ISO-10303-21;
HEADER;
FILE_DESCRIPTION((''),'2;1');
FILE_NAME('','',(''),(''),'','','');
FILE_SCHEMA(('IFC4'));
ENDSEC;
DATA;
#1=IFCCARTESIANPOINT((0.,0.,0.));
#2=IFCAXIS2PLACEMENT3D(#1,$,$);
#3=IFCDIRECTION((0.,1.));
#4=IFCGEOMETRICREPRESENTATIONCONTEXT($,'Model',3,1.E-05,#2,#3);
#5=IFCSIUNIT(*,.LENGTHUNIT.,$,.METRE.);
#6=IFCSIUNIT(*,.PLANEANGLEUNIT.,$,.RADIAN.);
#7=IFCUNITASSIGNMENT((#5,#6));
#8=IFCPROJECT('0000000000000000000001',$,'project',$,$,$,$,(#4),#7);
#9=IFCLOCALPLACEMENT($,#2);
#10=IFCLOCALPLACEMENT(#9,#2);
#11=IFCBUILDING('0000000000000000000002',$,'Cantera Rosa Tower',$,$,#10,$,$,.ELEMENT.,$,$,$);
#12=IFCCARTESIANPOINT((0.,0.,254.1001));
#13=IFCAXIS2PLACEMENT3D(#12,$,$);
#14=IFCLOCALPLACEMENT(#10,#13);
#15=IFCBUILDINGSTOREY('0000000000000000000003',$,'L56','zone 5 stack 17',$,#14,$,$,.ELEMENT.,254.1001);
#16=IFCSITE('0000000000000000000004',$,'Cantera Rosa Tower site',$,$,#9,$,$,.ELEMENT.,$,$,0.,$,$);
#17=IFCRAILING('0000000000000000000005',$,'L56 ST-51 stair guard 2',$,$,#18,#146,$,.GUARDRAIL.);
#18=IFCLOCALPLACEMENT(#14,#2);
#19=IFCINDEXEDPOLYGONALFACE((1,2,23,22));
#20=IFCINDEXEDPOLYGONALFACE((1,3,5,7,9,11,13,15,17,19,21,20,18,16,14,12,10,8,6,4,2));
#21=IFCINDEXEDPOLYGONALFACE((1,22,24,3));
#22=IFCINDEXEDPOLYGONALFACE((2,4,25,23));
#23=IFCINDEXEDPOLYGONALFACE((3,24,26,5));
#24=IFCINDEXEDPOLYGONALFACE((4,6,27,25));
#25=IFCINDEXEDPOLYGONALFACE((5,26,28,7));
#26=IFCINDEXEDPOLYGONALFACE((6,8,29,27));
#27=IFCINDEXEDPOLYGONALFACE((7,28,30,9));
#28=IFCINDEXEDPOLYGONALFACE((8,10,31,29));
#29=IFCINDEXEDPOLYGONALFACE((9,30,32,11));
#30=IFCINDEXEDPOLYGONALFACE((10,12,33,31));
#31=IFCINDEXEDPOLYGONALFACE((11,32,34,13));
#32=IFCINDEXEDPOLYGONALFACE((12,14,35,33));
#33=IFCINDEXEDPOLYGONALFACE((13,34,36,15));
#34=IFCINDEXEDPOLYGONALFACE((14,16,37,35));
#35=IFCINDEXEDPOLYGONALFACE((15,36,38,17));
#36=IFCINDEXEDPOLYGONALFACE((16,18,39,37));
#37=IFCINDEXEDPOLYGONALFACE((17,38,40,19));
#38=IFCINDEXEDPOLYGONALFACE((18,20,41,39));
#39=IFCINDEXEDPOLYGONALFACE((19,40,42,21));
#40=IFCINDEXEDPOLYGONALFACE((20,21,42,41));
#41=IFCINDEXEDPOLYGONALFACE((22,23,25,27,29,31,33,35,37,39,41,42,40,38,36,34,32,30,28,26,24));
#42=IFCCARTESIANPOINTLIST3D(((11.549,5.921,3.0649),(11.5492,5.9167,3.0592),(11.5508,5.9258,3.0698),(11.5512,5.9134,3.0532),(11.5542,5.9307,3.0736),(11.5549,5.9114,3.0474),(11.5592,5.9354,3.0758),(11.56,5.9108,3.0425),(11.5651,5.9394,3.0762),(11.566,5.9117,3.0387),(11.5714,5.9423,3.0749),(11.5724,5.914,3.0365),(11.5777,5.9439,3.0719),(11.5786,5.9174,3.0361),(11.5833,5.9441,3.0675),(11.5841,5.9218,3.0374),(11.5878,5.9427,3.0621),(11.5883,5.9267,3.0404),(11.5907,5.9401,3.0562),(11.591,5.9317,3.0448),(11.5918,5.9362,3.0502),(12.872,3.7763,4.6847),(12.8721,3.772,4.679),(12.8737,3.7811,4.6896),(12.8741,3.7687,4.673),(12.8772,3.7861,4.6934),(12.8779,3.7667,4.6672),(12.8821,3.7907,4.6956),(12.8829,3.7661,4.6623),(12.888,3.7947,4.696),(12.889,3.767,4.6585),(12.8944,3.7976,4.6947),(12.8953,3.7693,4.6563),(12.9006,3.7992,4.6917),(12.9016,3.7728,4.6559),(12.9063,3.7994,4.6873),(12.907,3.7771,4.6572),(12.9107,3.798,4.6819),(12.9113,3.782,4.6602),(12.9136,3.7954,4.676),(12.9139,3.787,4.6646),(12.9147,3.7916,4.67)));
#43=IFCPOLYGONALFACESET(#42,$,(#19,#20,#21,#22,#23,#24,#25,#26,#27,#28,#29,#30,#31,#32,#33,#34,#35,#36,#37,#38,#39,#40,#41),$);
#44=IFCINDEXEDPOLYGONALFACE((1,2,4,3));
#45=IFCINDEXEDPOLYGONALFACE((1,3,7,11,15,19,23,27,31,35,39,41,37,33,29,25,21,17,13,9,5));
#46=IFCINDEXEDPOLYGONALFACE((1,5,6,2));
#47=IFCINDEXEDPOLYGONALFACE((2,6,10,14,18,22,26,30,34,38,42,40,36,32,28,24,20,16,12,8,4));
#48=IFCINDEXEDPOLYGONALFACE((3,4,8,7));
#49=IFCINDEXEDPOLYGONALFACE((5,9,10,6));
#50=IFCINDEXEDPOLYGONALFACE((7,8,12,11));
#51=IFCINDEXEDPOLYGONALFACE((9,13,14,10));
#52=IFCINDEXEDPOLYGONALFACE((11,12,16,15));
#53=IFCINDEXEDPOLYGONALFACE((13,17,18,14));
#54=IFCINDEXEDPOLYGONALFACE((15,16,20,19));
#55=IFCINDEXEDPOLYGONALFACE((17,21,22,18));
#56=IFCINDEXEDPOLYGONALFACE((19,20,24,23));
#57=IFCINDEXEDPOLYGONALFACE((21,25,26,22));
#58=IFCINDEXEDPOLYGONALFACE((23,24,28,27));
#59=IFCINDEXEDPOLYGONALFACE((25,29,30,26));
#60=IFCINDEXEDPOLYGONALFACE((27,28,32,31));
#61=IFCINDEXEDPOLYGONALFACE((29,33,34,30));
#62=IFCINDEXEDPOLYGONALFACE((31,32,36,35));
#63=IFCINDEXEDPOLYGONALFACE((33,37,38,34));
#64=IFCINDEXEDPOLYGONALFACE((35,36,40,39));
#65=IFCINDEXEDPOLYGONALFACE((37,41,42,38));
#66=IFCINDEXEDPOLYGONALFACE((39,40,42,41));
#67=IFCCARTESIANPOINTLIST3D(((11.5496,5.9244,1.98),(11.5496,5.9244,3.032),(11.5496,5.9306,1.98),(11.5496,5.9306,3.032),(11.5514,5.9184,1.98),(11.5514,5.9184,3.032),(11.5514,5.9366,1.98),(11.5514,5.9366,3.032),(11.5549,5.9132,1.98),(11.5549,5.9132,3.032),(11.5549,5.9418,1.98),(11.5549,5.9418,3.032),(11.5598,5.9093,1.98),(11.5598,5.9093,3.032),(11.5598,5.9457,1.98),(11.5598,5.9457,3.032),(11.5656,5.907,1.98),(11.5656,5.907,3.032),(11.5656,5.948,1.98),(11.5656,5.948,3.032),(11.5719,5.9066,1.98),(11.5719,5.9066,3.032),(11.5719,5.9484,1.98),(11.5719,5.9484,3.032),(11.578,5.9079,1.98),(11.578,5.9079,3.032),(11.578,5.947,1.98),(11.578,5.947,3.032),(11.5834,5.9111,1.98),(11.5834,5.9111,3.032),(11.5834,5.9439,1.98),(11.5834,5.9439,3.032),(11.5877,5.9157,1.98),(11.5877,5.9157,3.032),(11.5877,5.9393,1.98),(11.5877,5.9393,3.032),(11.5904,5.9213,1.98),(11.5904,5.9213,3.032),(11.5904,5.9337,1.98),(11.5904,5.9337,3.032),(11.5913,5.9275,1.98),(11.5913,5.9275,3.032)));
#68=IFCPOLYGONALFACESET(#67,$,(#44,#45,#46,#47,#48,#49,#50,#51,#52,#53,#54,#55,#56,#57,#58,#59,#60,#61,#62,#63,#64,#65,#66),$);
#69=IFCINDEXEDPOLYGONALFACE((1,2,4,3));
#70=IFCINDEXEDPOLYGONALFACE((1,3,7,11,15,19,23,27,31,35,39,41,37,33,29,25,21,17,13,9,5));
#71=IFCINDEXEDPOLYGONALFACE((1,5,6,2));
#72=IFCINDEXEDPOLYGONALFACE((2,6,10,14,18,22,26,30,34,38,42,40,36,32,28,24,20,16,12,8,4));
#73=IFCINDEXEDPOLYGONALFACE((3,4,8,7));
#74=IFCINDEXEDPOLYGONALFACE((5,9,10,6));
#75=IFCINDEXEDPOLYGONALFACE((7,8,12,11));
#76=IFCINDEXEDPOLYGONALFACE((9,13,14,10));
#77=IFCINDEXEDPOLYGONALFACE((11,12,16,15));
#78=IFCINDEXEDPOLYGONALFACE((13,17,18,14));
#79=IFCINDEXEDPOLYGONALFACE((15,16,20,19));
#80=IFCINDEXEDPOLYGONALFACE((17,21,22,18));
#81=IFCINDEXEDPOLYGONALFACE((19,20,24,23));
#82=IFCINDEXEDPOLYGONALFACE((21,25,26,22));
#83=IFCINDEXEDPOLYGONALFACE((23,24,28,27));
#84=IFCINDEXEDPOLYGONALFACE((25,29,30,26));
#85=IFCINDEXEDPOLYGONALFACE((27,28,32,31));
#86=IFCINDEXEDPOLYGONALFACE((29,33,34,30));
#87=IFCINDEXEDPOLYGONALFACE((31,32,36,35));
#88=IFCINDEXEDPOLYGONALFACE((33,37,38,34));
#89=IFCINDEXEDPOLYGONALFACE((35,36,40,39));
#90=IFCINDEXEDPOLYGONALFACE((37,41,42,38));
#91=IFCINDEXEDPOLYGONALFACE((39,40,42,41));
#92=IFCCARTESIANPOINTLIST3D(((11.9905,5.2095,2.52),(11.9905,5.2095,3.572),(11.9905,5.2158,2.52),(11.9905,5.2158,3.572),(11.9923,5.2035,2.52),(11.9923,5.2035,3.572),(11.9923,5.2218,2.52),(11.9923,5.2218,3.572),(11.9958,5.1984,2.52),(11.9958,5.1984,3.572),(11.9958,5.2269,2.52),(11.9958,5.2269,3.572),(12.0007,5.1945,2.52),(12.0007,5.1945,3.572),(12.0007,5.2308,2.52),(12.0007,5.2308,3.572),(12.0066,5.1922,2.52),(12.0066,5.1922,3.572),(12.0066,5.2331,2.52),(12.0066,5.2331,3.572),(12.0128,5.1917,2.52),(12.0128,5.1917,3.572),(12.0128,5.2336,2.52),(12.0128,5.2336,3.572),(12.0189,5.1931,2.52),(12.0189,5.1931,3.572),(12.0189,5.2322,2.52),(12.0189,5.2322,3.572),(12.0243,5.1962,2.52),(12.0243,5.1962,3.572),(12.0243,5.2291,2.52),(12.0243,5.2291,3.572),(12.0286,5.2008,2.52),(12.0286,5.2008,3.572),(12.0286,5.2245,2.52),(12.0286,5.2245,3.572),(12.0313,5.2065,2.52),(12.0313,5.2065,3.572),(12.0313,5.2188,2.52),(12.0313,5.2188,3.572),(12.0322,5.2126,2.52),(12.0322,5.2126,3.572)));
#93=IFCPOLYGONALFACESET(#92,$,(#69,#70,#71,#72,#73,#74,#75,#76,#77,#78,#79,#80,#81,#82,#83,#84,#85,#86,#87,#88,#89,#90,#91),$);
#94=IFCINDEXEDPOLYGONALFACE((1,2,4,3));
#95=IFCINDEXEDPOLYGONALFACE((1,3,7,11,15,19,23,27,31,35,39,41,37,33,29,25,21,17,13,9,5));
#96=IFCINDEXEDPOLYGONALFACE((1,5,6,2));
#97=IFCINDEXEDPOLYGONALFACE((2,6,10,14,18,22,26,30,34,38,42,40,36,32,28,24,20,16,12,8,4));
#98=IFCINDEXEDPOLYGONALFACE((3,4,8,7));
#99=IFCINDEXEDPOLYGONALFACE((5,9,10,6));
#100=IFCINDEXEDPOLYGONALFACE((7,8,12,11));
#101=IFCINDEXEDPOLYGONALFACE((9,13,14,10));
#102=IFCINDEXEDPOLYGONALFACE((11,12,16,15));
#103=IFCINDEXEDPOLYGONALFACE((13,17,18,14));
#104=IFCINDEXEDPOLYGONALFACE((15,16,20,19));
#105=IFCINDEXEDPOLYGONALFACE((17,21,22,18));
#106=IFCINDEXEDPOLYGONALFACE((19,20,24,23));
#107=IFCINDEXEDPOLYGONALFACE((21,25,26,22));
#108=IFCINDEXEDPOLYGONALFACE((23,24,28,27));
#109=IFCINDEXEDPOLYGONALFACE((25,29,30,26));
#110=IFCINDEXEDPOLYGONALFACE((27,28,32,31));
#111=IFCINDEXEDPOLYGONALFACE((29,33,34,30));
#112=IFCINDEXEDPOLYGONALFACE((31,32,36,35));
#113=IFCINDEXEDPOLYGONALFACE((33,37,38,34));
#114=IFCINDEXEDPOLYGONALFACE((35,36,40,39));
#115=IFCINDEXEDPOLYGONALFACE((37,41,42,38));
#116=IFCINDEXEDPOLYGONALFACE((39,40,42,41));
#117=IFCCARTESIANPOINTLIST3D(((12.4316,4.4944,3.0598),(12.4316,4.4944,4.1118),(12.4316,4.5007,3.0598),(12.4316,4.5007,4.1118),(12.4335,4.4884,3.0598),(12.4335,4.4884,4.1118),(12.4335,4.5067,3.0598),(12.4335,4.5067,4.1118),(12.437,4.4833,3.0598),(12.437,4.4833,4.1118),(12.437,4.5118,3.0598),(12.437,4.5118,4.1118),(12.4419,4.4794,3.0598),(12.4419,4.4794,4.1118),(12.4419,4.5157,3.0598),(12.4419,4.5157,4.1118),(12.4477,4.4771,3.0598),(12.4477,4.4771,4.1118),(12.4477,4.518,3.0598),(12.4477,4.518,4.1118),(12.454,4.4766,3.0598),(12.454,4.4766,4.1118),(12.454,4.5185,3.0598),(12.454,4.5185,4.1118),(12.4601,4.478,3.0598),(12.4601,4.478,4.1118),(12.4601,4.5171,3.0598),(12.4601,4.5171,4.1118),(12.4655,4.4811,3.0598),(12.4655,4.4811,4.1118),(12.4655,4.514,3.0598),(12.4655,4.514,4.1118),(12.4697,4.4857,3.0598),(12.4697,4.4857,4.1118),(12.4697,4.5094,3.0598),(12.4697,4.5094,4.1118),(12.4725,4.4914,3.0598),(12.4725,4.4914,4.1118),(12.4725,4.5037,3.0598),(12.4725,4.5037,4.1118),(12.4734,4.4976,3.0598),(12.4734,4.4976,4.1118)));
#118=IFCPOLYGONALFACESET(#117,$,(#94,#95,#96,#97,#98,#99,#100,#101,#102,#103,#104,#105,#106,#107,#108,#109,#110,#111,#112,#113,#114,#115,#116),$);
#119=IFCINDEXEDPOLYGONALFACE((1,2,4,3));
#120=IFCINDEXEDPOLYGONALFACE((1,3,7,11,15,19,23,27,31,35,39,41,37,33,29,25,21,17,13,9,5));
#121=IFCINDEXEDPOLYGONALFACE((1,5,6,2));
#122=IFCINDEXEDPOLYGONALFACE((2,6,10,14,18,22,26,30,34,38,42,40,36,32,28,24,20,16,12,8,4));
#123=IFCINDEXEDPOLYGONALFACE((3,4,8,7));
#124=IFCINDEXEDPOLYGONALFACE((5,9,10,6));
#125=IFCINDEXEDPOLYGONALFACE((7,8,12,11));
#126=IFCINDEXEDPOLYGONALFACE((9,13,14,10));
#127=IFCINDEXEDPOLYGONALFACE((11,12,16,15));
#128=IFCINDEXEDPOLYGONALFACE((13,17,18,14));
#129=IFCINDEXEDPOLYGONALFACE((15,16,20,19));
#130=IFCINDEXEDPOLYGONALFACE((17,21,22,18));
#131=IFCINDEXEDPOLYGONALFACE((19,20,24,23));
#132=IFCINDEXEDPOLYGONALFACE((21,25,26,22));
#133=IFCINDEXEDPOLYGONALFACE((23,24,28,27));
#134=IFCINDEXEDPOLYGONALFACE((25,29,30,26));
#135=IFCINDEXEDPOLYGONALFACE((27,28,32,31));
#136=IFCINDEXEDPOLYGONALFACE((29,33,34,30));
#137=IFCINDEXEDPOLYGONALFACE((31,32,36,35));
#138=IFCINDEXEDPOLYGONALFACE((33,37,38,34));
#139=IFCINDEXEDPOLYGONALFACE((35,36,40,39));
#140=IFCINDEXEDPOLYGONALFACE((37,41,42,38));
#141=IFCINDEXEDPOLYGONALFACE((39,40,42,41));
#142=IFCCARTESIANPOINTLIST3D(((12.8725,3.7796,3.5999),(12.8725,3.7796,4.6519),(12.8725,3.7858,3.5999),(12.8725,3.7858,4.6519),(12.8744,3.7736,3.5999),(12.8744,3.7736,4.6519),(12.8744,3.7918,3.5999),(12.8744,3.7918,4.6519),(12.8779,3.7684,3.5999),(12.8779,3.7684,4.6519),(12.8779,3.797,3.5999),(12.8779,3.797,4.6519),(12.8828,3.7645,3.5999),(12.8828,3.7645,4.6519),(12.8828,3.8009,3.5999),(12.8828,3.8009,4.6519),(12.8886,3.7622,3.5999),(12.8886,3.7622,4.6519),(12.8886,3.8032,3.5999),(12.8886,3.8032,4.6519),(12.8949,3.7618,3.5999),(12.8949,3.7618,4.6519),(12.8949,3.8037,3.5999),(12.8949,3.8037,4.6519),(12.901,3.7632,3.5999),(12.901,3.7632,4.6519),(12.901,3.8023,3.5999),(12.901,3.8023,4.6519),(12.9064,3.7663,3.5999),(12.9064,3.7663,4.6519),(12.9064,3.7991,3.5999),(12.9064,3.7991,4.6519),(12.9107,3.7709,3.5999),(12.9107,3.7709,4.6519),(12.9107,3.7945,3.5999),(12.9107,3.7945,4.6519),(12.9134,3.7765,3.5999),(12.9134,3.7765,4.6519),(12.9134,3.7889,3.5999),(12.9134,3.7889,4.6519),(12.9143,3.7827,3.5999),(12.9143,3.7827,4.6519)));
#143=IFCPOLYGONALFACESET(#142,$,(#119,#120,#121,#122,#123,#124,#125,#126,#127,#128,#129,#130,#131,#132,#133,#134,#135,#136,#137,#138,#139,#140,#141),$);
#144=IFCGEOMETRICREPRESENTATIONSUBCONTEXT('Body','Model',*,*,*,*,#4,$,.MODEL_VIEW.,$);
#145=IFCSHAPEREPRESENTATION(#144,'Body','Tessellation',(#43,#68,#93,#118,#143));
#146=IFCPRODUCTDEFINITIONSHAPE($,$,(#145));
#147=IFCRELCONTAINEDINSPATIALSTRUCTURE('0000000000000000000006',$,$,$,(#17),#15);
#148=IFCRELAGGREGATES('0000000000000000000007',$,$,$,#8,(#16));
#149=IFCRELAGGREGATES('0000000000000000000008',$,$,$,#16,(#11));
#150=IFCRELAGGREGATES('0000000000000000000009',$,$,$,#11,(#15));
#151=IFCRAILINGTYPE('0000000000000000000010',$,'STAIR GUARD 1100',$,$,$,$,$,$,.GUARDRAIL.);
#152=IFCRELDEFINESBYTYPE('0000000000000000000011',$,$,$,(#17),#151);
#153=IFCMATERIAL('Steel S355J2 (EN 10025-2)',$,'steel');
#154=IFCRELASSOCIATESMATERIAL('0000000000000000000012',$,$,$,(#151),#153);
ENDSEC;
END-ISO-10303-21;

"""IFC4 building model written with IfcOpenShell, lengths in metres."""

from ifc_helpers import new_model, si_unit, direction, frame, origin, origin_2d, place, context, subcontext, project, spatial, circle, extrude, material, type_object, element, save


model = new_model("IFC4")

# Units and contexts
model_context = context("Model", 3, precision=1e-05, world=origin(), true_north=direction((0.0, 1.0)))
body_context = subcontext(model_context, "Body", "Model", "MODEL_VIEW")
ifc_project = project(units=[si_unit("LENGTHUNIT", "METRE"), si_unit("PLANEANGLEUNIT", "RADIAN")], contexts=[model_context])

# Site, building, storey
site_placement = place(None, origin())
site = spatial("IfcSite", under=ifc_project, at=site_placement, Name="Cantera Rosa Tower site", CompositionType="ELEMENT", RefElevation=0.0)
building_placement = place(site_placement, origin())
building = spatial("IfcBuilding", under=site, at=building_placement, Name="Cantera Rosa Tower", CompositionType="ELEMENT")
storey_placement = place(building_placement, frame((0.0, 0.0, 254.1001)))
storey = spatial("IfcBuildingStorey", under=building, at=storey_placement, Name="L56", Description="zone 5 stack 17", CompositionType="ELEMENT", Elevation=254.1001)

# Railing
ifc_material_1 = material(Name="Steel S355J2 (EN 10025-2)", Category="steel")
railing_type_1 = type_object("IfcRailingType", Name="STAIR GUARD 1100", PredefinedType="GUARDRAIL", material=ifc_material_1)
railing_1_placement = place(storey_placement, frame((11.5703, 5.9275, 1.98)))
element("IfcRailing", 1, at=railing_1_placement, inside=storey, type_object=railing_type_1, Name="L56 ST-51 stair guard 2", PredefinedType="GUARDRAIL", context=body_context, shape_type="SweptSolid", body=[
    extrude(circle(Radius=0.0239, at=origin_2d()), frame((0.0, 0.0, 1.0762), z_axis=(0.441629, -0.715945, 0.540728), x_axis=(0.851102, 0.525, 0.0)), (0.0, 0.0, 1.0), 2.9956),
    extrude(circle(Radius=0.021, at=origin_2d()), origin(), (0.0, 0.0, 1.0), 1.052),
    extrude(circle(Radius=0.021, at=origin_2d()), frame((0.4409, -0.7148, 0.54)), (0.0, 0.0, 1.0), 1.052),
    extrude(circle(Radius=0.021, at=origin_2d()), frame((0.8821, -1.4299, 1.0798)), (0.0, 0.0, 1.0), 1.052),
    extrude(circle(Radius=0.021, at=origin_2d()), frame((1.323, -2.1448, 1.6199)), (0.0, 0.0, 1.0), 1.052),
])

save(model, "model.ifc")
